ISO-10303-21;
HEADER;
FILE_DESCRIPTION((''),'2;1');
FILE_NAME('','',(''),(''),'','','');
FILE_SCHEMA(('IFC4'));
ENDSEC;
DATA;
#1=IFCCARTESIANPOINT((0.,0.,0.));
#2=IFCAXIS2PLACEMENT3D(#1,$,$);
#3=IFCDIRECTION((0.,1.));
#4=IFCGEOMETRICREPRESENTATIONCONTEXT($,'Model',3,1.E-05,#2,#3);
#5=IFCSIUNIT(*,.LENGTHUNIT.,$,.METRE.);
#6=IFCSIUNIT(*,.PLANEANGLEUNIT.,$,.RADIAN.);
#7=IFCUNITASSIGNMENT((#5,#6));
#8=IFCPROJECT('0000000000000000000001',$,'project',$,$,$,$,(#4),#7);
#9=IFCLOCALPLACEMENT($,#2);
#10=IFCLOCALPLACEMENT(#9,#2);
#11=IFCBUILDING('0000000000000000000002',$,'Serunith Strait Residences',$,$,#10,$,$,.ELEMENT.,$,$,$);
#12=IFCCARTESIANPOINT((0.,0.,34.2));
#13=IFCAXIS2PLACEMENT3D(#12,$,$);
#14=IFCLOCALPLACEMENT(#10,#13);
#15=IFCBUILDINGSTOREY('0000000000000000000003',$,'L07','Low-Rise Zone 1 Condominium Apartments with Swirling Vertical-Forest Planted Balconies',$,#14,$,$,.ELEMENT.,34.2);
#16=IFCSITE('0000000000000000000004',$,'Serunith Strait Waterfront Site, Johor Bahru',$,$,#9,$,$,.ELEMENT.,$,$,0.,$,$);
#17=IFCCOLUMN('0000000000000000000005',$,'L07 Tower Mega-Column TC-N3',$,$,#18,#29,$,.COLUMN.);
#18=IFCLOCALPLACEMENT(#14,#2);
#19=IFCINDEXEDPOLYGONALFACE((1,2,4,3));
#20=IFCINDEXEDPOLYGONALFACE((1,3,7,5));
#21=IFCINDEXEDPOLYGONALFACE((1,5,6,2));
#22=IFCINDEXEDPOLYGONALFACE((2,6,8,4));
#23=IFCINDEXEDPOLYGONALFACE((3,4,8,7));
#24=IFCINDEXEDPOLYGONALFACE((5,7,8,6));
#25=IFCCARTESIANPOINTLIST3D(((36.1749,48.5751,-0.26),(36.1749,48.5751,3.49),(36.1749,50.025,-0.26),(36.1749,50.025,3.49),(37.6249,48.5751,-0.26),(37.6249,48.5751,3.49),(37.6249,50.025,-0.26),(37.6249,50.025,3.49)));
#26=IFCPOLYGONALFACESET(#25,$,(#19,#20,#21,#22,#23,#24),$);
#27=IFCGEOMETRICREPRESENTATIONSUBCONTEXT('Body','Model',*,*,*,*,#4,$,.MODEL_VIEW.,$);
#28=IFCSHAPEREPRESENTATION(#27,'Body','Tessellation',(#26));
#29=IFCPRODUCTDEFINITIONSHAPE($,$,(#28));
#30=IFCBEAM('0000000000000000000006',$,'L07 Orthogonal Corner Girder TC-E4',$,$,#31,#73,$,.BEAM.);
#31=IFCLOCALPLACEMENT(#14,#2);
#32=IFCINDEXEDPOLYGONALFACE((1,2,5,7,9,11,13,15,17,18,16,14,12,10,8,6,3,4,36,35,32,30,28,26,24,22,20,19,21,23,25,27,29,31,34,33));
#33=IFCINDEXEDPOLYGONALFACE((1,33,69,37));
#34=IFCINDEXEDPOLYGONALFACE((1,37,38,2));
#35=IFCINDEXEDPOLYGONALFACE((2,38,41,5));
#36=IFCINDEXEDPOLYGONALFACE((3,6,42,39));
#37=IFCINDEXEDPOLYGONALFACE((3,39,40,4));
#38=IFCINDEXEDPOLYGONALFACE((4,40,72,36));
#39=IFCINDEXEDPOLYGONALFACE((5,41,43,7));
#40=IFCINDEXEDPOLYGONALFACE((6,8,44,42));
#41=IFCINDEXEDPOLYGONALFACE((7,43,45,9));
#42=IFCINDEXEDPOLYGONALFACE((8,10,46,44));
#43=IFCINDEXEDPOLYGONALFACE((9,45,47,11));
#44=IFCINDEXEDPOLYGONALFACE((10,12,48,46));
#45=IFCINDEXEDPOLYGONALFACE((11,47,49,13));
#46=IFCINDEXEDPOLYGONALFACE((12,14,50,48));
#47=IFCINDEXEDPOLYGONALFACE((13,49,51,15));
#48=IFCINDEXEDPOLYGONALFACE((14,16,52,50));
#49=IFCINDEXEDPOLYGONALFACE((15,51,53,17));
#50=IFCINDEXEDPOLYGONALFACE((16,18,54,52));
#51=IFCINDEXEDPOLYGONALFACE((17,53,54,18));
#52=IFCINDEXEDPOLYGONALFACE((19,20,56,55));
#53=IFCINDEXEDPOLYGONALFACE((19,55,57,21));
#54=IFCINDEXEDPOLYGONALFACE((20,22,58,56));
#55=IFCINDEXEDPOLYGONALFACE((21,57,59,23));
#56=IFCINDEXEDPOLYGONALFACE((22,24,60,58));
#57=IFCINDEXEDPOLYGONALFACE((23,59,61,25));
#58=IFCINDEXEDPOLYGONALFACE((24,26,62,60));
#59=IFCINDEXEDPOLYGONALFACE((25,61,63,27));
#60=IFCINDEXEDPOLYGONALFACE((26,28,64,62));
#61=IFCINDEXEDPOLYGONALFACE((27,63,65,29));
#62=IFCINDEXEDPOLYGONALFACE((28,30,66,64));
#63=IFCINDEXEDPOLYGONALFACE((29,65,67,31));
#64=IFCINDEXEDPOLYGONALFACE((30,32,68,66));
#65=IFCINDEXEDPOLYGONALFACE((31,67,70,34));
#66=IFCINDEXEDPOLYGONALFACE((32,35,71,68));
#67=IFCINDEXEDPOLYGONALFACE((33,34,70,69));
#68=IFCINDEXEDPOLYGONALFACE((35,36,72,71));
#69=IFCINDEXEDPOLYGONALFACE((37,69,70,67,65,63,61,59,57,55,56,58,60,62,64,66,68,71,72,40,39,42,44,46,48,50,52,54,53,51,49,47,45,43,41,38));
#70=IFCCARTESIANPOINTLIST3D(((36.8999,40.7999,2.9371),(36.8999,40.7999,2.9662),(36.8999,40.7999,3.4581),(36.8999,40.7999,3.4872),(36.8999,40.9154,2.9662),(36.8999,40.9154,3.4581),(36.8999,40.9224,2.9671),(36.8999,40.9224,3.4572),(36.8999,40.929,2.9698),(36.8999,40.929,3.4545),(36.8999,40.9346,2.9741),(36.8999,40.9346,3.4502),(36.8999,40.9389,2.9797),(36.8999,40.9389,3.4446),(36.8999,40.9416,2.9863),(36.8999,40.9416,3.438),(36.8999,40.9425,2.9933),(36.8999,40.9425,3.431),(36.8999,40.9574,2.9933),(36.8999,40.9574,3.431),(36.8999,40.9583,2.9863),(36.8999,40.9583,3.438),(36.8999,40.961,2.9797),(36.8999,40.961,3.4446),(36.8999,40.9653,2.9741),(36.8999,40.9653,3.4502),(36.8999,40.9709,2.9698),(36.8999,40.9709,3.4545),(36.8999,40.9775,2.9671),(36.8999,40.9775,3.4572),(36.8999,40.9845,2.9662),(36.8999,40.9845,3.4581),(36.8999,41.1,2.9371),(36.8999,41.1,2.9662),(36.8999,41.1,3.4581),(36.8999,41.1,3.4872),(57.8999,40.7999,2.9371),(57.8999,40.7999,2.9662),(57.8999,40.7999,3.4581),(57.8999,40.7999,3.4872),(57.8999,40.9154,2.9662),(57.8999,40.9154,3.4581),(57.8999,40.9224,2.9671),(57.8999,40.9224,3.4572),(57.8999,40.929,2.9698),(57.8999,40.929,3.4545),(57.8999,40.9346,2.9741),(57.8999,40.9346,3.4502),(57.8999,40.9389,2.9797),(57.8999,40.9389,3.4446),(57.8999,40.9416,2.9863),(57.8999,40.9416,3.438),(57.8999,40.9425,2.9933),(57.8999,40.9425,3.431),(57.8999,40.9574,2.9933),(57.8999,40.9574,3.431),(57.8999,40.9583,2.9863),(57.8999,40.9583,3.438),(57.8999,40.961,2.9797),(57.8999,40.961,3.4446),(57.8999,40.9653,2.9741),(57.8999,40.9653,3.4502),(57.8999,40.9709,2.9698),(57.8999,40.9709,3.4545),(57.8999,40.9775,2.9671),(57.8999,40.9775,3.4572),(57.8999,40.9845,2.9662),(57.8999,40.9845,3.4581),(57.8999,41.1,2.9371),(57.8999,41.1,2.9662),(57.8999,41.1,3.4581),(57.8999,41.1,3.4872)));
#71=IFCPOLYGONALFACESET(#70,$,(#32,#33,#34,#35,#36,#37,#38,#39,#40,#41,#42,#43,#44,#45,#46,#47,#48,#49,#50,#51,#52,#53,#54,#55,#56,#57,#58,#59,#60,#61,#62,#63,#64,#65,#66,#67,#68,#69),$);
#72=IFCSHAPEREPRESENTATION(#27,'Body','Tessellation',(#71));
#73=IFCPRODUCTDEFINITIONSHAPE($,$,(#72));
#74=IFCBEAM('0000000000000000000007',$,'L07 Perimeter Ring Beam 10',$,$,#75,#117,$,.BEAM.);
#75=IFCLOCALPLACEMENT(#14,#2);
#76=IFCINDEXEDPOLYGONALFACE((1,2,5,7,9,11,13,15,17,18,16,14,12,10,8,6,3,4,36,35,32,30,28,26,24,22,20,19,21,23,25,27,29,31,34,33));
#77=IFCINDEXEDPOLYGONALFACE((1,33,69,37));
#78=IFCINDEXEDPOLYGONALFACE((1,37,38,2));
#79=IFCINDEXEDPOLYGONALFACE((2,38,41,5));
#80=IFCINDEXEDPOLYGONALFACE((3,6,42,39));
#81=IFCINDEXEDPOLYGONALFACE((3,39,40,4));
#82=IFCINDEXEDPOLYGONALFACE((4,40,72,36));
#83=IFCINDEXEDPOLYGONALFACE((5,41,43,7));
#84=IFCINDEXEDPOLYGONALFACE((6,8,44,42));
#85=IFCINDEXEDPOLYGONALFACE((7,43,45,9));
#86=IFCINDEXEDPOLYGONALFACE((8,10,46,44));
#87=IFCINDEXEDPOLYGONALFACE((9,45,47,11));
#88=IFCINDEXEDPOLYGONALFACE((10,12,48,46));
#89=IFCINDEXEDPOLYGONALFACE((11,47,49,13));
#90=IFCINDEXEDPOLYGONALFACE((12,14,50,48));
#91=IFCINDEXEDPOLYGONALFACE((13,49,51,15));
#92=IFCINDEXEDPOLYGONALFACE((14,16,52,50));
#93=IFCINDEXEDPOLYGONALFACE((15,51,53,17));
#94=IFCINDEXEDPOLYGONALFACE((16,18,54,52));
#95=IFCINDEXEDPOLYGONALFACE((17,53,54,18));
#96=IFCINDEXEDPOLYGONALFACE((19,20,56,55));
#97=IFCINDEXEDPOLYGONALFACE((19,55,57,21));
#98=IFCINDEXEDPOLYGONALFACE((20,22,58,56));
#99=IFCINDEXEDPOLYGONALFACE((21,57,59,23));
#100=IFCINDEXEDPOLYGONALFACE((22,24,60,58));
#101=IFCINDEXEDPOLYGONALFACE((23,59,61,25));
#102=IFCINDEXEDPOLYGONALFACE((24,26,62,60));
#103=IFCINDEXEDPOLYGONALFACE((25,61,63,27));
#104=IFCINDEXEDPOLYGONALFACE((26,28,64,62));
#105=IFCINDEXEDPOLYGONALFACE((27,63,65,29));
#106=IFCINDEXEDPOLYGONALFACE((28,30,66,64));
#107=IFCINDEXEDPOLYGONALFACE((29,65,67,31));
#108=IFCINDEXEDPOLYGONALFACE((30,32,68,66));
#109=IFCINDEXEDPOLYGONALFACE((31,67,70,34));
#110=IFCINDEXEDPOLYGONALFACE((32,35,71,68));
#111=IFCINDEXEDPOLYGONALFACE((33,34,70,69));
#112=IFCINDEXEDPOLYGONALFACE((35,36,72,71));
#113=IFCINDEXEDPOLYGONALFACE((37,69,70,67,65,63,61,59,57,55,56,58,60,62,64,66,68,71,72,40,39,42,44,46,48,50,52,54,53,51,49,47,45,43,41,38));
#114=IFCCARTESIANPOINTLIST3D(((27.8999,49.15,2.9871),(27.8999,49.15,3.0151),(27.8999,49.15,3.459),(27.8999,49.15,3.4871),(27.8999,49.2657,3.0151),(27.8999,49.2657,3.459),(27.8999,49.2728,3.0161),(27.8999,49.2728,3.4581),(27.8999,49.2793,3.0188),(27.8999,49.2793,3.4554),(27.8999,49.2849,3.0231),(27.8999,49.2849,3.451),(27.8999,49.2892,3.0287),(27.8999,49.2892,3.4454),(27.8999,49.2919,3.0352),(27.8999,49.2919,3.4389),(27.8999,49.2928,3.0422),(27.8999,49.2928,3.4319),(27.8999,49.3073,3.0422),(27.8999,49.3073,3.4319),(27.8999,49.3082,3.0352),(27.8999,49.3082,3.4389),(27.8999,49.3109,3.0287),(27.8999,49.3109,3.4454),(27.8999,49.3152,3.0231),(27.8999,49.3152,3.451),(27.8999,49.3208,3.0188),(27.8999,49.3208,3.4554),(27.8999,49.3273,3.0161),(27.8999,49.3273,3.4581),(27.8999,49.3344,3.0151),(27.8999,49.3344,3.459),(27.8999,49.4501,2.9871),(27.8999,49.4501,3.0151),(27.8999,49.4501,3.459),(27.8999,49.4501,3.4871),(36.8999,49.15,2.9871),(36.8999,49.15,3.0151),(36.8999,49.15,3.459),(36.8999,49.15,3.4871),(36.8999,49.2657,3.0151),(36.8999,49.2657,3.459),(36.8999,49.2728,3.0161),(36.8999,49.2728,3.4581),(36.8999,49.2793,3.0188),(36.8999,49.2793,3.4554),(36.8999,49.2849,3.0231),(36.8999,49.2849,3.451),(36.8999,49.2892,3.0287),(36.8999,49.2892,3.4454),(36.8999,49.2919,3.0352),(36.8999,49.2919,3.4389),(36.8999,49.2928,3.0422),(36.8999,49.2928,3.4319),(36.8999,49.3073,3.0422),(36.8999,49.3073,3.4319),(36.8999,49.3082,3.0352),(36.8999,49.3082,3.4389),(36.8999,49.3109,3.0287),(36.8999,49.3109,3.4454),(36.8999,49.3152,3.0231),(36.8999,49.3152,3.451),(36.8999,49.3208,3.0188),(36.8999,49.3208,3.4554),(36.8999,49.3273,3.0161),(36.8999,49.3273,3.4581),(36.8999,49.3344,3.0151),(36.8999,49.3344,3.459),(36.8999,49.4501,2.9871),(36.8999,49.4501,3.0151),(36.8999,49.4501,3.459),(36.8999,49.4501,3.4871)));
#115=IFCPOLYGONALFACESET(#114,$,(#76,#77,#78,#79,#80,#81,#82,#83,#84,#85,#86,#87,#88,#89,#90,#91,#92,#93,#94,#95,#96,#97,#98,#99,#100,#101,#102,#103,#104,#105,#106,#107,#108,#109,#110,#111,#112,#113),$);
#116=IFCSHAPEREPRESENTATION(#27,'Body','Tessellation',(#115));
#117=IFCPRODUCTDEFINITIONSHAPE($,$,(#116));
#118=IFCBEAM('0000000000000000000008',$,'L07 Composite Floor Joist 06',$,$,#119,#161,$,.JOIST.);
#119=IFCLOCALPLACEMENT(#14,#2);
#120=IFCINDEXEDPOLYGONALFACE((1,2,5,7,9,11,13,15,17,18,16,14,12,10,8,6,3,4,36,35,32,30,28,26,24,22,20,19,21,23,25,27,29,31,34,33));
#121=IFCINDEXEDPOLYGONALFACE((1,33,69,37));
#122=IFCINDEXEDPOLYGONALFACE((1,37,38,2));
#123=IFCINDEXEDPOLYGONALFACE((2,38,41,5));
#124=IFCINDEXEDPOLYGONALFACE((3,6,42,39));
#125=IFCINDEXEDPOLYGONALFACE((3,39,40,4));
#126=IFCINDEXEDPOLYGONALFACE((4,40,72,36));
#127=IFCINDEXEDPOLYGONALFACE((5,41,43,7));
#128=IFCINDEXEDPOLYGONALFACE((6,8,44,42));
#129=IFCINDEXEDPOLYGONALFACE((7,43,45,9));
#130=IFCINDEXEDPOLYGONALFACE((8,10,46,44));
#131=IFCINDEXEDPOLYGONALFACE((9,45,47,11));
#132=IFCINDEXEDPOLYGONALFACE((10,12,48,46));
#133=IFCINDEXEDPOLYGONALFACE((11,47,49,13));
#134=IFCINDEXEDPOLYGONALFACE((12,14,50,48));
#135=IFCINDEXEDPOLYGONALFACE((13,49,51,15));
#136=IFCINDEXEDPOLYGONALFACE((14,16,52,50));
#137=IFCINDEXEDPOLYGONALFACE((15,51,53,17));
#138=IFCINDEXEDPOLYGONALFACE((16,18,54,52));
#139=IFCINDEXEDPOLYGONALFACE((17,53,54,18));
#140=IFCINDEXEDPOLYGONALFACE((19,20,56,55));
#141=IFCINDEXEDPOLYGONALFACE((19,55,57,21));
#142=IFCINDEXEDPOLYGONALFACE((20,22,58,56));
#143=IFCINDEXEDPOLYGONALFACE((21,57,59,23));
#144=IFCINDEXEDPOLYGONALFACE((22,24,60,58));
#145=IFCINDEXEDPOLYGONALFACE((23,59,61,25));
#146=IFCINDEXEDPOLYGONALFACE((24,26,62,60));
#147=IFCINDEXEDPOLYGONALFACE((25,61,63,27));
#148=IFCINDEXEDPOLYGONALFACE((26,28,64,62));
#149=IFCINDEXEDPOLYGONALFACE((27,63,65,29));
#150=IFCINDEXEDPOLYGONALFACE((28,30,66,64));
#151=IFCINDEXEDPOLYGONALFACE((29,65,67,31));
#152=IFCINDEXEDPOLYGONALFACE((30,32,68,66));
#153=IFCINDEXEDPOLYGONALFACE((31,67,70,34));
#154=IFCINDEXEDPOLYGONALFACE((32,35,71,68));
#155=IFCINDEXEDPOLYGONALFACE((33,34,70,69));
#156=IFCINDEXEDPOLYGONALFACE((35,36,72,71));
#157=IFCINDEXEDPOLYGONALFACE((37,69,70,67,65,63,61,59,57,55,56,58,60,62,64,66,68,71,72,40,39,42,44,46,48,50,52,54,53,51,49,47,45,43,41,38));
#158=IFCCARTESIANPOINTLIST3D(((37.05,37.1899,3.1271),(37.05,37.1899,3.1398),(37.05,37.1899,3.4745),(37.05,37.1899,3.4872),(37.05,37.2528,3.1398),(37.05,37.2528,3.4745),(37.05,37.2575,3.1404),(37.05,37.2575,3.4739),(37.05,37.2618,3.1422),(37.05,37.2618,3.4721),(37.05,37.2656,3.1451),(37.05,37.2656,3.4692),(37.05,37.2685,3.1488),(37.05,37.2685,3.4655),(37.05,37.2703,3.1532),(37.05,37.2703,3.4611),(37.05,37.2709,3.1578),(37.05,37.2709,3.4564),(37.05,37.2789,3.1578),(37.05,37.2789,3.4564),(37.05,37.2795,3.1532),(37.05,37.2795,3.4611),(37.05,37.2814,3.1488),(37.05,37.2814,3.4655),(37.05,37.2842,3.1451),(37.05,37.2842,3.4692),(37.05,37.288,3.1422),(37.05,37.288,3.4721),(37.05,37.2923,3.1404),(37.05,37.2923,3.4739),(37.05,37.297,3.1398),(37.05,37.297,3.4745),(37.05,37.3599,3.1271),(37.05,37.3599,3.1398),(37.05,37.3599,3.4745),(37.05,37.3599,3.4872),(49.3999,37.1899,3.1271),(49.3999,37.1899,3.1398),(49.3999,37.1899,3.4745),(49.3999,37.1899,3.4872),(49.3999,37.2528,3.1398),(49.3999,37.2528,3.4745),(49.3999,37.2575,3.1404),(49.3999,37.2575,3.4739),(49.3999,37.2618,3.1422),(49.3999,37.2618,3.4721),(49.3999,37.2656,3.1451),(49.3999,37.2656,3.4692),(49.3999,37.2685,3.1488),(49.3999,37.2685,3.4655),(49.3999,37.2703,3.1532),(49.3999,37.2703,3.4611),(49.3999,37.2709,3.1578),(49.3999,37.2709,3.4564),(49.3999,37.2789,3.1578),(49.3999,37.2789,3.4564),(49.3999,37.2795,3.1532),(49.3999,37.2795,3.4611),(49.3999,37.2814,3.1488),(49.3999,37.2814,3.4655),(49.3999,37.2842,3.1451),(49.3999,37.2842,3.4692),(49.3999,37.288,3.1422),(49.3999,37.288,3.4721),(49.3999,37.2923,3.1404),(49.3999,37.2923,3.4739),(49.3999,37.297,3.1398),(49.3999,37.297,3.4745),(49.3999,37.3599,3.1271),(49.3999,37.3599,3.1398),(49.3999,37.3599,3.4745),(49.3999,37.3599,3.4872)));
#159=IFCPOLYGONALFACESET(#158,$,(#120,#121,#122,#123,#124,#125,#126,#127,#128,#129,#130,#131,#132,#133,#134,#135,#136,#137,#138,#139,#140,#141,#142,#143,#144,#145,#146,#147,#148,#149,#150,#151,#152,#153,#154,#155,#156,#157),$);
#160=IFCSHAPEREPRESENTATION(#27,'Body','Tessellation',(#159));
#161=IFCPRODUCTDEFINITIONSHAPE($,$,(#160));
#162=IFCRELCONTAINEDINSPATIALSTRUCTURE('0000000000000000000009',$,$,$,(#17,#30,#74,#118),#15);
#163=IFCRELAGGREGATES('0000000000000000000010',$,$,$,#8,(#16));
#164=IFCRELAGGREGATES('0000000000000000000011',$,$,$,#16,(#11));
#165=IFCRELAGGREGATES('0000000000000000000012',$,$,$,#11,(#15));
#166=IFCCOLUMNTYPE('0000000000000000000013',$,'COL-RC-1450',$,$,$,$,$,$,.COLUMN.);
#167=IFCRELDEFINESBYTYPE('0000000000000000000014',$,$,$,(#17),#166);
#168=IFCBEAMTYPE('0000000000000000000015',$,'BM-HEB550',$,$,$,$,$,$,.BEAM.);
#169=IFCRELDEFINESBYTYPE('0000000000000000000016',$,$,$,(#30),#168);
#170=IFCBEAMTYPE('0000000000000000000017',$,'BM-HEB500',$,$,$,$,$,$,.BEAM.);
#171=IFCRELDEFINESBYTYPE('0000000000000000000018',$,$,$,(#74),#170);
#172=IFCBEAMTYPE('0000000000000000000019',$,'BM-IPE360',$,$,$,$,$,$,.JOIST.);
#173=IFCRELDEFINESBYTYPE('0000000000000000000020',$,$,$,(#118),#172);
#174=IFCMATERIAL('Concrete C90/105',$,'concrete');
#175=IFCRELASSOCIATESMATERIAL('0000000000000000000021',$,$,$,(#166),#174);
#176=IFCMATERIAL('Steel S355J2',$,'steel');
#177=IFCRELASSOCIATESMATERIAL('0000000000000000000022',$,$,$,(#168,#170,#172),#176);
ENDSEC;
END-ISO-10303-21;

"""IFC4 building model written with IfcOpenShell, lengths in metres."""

from ifc_helpers import new_model, si_unit, direction, frame, origin, origin_2d, place, context, subcontext, project, spatial, rectangle, i_section, extrude, source, transform, mapped, material, material_profile, profile_set, type_object, element, save


model = new_model("IFC4")

# Units and contexts
model_context = context("Model", 3, precision=1e-05, world=origin(), true_north=direction((0.0, 1.0)))
body_context = subcontext(model_context, "Body", "Model", "MODEL_VIEW")
ifc_project = project(units=[si_unit("LENGTHUNIT", "METRE"), si_unit("PLANEANGLEUNIT", "RADIAN")], contexts=[model_context])

# Site, building, storey
site_placement = place(None, origin())
site = spatial("IfcSite", under=ifc_project, at=site_placement, Name="Serunith Strait Waterfront Site, Johor Bahru", CompositionType="ELEMENT", RefElevation=0.0)
building_placement = place(site_placement, origin())
building = spatial("IfcBuilding", under=site, at=building_placement, Name="Serunith Strait Residences", CompositionType="ELEMENT")
storey_placement = place(building_placement, frame((0.0, 0.0, 34.2)))
storey = spatial("IfcBuildingStorey", under=building, at=storey_placement, Name="L07", Description="Low-Rise Zone 1 Condominium Apartments with Swirling Vertical-Forest Planted Balconies", CompositionType="ELEMENT", Elevation=34.2)

# Column
ifc_material_1 = material(Name="Concrete C90/105", Category="concrete")
ifc_material_profile_1 = material_profile(ifc_material_1, rectangle(XDim=1.45, YDim=1.45, at=origin_2d()), Name="RC 1450x1450")
ifc_profile_set_1 = profile_set([ifc_material_profile_1], Name="Concrete C90/105")
column_type = type_object("IfcColumnType", Name="COL-RC-1450", PredefinedType="COLUMN", material=ifc_profile_set_1)
shared_shape_1 = source(origin(), body_context, "Body", "SweptSolid", [
    extrude(rectangle(XDim=1.45, YDim=1.45, at=origin_2d()), origin(), (0.0, 0.0, 1.0), 3.75),
])
column_placement = place(storey_placement, frame((36.8999, 49.3, -0.26), z_axis=(0.0, 0.0, 1.0), x_axis=(1.0, 0.0, 0.0)))
element("IfcColumn", 1, at=column_placement, inside=storey, type_object=column_type, Name="L07 Tower Mega-Column TC-N3", PredefinedType="COLUMN", context=body_context, shape_type="MappedRepresentation", body=[
    mapped(shared_shape_1, transform((0.0, 0.0, 0.0), scale=1.0)),
])

# Beams
ifc_material_2 = material(Name="Steel S355J2", Category="steel")
ifc_material_profile_2 = material_profile(ifc_material_2, i_section(OverallWidth=0.3, OverallDepth=0.55, WebThickness=0.0149, FlangeThickness=0.0291, FilletRadius=0.0271, at=origin_2d()), Name="HEB 550")
ifc_profile_set_2 = profile_set([ifc_material_profile_2], Name="Steel S355J2")
beam_type_1 = type_object("IfcBeamType", Name="BM-HEB550", PredefinedType="BEAM", material=ifc_profile_set_2)
shared_shape_2 = source(origin(), body_context, "Body", "SweptSolid", [
    extrude(i_section(OverallWidth=0.3, OverallDepth=0.55, WebThickness=0.0149, FlangeThickness=0.0291, FilletRadius=0.0271, at=origin_2d()), origin(), (0.0, 0.0, 1.0), 21.0),
])
beam_1_placement = place(storey_placement, frame((36.8999, 40.95, 3.2122), z_axis=(1.0, 0.0, 0.0), x_axis=(0.0, 1.0, 0.0)))
element("IfcBeam", 2, at=beam_1_placement, inside=storey, type_object=beam_type_1, Name="L07 Orthogonal Corner Girder TC-E4", PredefinedType="BEAM", context=body_context, shape_type="MappedRepresentation", body=[
    mapped(shared_shape_2, transform((0.0, 0.0, 0.0), scale=1.0)),
])
ifc_material_profile_3 = material_profile(ifc_material_2, i_section(OverallWidth=0.3, OverallDepth=0.5, WebThickness=0.0144, FlangeThickness=0.0281, FilletRadius=0.0271, at=origin_2d()), Name="HEB 500")
ifc_profile_set_3 = profile_set([ifc_material_profile_3], Name="Steel S355J2")
beam_type_2 = type_object("IfcBeamType", Name="BM-HEB500", PredefinedType="BEAM", material=ifc_profile_set_3)
shared_shape_3 = source(origin(), body_context, "Body", "SweptSolid", [
    extrude(i_section(OverallWidth=0.3, OverallDepth=0.5, WebThickness=0.0144, FlangeThickness=0.0281, FilletRadius=0.0271, at=origin_2d()), origin(), (0.0, 0.0, 1.0), 9.0),
])
beam_2_placement = place(storey_placement, frame((36.8999, 49.3, 3.2371), z_axis=(-1.0, 0.0, 0.0), x_axis=(0.0, -1.0, 0.0)))
element("IfcBeam", 3, at=beam_2_placement, inside=storey, type_object=beam_type_2, Name="L07 Perimeter Ring Beam 10", PredefinedType="BEAM", context=body_context, shape_type="MappedRepresentation", body=[
    mapped(shared_shape_3, transform((0.0, 0.0, 0.0), scale=1.0)),
])
ifc_material_profile_4 = material_profile(ifc_material_2, i_section(OverallWidth=0.1699, OverallDepth=0.3601, WebThickness=0.0081, FlangeThickness=0.0127, FilletRadius=0.0181, at=origin_2d()), Name="IPE 360")
ifc_profile_set_4 = profile_set([ifc_material_profile_4], Name="Steel S355J2")
beam_type_3 = type_object("IfcBeamType", Name="BM-IPE360", PredefinedType="JOIST", material=ifc_profile_set_4)
shared_shape_4 = source(origin(), body_context, "Body", "SweptSolid", [
    extrude(i_section(OverallWidth=0.1699, OverallDepth=0.3601, WebThickness=0.0081, FlangeThickness=0.0127, FilletRadius=0.0181, at=origin_2d()), origin(), (0.0, 0.0, 1.0), 12.3499),
])
beam_3_placement = place(storey_placement, frame((37.05, 37.2749, 3.3071), z_axis=(1.0, 0.0, 0.0), x_axis=(0.0, 1.0, 0.0)))
element("IfcBeam", 4, at=beam_3_placement, inside=storey, type_object=beam_type_3, Name="L07 Composite Floor Joist 06", PredefinedType="JOIST", context=body_context, shape_type="MappedRepresentation", body=[
    mapped(shared_shape_4, transform((0.0, 0.0, 0.0), scale=1.0)),
])

save(model, "model.ifc")
